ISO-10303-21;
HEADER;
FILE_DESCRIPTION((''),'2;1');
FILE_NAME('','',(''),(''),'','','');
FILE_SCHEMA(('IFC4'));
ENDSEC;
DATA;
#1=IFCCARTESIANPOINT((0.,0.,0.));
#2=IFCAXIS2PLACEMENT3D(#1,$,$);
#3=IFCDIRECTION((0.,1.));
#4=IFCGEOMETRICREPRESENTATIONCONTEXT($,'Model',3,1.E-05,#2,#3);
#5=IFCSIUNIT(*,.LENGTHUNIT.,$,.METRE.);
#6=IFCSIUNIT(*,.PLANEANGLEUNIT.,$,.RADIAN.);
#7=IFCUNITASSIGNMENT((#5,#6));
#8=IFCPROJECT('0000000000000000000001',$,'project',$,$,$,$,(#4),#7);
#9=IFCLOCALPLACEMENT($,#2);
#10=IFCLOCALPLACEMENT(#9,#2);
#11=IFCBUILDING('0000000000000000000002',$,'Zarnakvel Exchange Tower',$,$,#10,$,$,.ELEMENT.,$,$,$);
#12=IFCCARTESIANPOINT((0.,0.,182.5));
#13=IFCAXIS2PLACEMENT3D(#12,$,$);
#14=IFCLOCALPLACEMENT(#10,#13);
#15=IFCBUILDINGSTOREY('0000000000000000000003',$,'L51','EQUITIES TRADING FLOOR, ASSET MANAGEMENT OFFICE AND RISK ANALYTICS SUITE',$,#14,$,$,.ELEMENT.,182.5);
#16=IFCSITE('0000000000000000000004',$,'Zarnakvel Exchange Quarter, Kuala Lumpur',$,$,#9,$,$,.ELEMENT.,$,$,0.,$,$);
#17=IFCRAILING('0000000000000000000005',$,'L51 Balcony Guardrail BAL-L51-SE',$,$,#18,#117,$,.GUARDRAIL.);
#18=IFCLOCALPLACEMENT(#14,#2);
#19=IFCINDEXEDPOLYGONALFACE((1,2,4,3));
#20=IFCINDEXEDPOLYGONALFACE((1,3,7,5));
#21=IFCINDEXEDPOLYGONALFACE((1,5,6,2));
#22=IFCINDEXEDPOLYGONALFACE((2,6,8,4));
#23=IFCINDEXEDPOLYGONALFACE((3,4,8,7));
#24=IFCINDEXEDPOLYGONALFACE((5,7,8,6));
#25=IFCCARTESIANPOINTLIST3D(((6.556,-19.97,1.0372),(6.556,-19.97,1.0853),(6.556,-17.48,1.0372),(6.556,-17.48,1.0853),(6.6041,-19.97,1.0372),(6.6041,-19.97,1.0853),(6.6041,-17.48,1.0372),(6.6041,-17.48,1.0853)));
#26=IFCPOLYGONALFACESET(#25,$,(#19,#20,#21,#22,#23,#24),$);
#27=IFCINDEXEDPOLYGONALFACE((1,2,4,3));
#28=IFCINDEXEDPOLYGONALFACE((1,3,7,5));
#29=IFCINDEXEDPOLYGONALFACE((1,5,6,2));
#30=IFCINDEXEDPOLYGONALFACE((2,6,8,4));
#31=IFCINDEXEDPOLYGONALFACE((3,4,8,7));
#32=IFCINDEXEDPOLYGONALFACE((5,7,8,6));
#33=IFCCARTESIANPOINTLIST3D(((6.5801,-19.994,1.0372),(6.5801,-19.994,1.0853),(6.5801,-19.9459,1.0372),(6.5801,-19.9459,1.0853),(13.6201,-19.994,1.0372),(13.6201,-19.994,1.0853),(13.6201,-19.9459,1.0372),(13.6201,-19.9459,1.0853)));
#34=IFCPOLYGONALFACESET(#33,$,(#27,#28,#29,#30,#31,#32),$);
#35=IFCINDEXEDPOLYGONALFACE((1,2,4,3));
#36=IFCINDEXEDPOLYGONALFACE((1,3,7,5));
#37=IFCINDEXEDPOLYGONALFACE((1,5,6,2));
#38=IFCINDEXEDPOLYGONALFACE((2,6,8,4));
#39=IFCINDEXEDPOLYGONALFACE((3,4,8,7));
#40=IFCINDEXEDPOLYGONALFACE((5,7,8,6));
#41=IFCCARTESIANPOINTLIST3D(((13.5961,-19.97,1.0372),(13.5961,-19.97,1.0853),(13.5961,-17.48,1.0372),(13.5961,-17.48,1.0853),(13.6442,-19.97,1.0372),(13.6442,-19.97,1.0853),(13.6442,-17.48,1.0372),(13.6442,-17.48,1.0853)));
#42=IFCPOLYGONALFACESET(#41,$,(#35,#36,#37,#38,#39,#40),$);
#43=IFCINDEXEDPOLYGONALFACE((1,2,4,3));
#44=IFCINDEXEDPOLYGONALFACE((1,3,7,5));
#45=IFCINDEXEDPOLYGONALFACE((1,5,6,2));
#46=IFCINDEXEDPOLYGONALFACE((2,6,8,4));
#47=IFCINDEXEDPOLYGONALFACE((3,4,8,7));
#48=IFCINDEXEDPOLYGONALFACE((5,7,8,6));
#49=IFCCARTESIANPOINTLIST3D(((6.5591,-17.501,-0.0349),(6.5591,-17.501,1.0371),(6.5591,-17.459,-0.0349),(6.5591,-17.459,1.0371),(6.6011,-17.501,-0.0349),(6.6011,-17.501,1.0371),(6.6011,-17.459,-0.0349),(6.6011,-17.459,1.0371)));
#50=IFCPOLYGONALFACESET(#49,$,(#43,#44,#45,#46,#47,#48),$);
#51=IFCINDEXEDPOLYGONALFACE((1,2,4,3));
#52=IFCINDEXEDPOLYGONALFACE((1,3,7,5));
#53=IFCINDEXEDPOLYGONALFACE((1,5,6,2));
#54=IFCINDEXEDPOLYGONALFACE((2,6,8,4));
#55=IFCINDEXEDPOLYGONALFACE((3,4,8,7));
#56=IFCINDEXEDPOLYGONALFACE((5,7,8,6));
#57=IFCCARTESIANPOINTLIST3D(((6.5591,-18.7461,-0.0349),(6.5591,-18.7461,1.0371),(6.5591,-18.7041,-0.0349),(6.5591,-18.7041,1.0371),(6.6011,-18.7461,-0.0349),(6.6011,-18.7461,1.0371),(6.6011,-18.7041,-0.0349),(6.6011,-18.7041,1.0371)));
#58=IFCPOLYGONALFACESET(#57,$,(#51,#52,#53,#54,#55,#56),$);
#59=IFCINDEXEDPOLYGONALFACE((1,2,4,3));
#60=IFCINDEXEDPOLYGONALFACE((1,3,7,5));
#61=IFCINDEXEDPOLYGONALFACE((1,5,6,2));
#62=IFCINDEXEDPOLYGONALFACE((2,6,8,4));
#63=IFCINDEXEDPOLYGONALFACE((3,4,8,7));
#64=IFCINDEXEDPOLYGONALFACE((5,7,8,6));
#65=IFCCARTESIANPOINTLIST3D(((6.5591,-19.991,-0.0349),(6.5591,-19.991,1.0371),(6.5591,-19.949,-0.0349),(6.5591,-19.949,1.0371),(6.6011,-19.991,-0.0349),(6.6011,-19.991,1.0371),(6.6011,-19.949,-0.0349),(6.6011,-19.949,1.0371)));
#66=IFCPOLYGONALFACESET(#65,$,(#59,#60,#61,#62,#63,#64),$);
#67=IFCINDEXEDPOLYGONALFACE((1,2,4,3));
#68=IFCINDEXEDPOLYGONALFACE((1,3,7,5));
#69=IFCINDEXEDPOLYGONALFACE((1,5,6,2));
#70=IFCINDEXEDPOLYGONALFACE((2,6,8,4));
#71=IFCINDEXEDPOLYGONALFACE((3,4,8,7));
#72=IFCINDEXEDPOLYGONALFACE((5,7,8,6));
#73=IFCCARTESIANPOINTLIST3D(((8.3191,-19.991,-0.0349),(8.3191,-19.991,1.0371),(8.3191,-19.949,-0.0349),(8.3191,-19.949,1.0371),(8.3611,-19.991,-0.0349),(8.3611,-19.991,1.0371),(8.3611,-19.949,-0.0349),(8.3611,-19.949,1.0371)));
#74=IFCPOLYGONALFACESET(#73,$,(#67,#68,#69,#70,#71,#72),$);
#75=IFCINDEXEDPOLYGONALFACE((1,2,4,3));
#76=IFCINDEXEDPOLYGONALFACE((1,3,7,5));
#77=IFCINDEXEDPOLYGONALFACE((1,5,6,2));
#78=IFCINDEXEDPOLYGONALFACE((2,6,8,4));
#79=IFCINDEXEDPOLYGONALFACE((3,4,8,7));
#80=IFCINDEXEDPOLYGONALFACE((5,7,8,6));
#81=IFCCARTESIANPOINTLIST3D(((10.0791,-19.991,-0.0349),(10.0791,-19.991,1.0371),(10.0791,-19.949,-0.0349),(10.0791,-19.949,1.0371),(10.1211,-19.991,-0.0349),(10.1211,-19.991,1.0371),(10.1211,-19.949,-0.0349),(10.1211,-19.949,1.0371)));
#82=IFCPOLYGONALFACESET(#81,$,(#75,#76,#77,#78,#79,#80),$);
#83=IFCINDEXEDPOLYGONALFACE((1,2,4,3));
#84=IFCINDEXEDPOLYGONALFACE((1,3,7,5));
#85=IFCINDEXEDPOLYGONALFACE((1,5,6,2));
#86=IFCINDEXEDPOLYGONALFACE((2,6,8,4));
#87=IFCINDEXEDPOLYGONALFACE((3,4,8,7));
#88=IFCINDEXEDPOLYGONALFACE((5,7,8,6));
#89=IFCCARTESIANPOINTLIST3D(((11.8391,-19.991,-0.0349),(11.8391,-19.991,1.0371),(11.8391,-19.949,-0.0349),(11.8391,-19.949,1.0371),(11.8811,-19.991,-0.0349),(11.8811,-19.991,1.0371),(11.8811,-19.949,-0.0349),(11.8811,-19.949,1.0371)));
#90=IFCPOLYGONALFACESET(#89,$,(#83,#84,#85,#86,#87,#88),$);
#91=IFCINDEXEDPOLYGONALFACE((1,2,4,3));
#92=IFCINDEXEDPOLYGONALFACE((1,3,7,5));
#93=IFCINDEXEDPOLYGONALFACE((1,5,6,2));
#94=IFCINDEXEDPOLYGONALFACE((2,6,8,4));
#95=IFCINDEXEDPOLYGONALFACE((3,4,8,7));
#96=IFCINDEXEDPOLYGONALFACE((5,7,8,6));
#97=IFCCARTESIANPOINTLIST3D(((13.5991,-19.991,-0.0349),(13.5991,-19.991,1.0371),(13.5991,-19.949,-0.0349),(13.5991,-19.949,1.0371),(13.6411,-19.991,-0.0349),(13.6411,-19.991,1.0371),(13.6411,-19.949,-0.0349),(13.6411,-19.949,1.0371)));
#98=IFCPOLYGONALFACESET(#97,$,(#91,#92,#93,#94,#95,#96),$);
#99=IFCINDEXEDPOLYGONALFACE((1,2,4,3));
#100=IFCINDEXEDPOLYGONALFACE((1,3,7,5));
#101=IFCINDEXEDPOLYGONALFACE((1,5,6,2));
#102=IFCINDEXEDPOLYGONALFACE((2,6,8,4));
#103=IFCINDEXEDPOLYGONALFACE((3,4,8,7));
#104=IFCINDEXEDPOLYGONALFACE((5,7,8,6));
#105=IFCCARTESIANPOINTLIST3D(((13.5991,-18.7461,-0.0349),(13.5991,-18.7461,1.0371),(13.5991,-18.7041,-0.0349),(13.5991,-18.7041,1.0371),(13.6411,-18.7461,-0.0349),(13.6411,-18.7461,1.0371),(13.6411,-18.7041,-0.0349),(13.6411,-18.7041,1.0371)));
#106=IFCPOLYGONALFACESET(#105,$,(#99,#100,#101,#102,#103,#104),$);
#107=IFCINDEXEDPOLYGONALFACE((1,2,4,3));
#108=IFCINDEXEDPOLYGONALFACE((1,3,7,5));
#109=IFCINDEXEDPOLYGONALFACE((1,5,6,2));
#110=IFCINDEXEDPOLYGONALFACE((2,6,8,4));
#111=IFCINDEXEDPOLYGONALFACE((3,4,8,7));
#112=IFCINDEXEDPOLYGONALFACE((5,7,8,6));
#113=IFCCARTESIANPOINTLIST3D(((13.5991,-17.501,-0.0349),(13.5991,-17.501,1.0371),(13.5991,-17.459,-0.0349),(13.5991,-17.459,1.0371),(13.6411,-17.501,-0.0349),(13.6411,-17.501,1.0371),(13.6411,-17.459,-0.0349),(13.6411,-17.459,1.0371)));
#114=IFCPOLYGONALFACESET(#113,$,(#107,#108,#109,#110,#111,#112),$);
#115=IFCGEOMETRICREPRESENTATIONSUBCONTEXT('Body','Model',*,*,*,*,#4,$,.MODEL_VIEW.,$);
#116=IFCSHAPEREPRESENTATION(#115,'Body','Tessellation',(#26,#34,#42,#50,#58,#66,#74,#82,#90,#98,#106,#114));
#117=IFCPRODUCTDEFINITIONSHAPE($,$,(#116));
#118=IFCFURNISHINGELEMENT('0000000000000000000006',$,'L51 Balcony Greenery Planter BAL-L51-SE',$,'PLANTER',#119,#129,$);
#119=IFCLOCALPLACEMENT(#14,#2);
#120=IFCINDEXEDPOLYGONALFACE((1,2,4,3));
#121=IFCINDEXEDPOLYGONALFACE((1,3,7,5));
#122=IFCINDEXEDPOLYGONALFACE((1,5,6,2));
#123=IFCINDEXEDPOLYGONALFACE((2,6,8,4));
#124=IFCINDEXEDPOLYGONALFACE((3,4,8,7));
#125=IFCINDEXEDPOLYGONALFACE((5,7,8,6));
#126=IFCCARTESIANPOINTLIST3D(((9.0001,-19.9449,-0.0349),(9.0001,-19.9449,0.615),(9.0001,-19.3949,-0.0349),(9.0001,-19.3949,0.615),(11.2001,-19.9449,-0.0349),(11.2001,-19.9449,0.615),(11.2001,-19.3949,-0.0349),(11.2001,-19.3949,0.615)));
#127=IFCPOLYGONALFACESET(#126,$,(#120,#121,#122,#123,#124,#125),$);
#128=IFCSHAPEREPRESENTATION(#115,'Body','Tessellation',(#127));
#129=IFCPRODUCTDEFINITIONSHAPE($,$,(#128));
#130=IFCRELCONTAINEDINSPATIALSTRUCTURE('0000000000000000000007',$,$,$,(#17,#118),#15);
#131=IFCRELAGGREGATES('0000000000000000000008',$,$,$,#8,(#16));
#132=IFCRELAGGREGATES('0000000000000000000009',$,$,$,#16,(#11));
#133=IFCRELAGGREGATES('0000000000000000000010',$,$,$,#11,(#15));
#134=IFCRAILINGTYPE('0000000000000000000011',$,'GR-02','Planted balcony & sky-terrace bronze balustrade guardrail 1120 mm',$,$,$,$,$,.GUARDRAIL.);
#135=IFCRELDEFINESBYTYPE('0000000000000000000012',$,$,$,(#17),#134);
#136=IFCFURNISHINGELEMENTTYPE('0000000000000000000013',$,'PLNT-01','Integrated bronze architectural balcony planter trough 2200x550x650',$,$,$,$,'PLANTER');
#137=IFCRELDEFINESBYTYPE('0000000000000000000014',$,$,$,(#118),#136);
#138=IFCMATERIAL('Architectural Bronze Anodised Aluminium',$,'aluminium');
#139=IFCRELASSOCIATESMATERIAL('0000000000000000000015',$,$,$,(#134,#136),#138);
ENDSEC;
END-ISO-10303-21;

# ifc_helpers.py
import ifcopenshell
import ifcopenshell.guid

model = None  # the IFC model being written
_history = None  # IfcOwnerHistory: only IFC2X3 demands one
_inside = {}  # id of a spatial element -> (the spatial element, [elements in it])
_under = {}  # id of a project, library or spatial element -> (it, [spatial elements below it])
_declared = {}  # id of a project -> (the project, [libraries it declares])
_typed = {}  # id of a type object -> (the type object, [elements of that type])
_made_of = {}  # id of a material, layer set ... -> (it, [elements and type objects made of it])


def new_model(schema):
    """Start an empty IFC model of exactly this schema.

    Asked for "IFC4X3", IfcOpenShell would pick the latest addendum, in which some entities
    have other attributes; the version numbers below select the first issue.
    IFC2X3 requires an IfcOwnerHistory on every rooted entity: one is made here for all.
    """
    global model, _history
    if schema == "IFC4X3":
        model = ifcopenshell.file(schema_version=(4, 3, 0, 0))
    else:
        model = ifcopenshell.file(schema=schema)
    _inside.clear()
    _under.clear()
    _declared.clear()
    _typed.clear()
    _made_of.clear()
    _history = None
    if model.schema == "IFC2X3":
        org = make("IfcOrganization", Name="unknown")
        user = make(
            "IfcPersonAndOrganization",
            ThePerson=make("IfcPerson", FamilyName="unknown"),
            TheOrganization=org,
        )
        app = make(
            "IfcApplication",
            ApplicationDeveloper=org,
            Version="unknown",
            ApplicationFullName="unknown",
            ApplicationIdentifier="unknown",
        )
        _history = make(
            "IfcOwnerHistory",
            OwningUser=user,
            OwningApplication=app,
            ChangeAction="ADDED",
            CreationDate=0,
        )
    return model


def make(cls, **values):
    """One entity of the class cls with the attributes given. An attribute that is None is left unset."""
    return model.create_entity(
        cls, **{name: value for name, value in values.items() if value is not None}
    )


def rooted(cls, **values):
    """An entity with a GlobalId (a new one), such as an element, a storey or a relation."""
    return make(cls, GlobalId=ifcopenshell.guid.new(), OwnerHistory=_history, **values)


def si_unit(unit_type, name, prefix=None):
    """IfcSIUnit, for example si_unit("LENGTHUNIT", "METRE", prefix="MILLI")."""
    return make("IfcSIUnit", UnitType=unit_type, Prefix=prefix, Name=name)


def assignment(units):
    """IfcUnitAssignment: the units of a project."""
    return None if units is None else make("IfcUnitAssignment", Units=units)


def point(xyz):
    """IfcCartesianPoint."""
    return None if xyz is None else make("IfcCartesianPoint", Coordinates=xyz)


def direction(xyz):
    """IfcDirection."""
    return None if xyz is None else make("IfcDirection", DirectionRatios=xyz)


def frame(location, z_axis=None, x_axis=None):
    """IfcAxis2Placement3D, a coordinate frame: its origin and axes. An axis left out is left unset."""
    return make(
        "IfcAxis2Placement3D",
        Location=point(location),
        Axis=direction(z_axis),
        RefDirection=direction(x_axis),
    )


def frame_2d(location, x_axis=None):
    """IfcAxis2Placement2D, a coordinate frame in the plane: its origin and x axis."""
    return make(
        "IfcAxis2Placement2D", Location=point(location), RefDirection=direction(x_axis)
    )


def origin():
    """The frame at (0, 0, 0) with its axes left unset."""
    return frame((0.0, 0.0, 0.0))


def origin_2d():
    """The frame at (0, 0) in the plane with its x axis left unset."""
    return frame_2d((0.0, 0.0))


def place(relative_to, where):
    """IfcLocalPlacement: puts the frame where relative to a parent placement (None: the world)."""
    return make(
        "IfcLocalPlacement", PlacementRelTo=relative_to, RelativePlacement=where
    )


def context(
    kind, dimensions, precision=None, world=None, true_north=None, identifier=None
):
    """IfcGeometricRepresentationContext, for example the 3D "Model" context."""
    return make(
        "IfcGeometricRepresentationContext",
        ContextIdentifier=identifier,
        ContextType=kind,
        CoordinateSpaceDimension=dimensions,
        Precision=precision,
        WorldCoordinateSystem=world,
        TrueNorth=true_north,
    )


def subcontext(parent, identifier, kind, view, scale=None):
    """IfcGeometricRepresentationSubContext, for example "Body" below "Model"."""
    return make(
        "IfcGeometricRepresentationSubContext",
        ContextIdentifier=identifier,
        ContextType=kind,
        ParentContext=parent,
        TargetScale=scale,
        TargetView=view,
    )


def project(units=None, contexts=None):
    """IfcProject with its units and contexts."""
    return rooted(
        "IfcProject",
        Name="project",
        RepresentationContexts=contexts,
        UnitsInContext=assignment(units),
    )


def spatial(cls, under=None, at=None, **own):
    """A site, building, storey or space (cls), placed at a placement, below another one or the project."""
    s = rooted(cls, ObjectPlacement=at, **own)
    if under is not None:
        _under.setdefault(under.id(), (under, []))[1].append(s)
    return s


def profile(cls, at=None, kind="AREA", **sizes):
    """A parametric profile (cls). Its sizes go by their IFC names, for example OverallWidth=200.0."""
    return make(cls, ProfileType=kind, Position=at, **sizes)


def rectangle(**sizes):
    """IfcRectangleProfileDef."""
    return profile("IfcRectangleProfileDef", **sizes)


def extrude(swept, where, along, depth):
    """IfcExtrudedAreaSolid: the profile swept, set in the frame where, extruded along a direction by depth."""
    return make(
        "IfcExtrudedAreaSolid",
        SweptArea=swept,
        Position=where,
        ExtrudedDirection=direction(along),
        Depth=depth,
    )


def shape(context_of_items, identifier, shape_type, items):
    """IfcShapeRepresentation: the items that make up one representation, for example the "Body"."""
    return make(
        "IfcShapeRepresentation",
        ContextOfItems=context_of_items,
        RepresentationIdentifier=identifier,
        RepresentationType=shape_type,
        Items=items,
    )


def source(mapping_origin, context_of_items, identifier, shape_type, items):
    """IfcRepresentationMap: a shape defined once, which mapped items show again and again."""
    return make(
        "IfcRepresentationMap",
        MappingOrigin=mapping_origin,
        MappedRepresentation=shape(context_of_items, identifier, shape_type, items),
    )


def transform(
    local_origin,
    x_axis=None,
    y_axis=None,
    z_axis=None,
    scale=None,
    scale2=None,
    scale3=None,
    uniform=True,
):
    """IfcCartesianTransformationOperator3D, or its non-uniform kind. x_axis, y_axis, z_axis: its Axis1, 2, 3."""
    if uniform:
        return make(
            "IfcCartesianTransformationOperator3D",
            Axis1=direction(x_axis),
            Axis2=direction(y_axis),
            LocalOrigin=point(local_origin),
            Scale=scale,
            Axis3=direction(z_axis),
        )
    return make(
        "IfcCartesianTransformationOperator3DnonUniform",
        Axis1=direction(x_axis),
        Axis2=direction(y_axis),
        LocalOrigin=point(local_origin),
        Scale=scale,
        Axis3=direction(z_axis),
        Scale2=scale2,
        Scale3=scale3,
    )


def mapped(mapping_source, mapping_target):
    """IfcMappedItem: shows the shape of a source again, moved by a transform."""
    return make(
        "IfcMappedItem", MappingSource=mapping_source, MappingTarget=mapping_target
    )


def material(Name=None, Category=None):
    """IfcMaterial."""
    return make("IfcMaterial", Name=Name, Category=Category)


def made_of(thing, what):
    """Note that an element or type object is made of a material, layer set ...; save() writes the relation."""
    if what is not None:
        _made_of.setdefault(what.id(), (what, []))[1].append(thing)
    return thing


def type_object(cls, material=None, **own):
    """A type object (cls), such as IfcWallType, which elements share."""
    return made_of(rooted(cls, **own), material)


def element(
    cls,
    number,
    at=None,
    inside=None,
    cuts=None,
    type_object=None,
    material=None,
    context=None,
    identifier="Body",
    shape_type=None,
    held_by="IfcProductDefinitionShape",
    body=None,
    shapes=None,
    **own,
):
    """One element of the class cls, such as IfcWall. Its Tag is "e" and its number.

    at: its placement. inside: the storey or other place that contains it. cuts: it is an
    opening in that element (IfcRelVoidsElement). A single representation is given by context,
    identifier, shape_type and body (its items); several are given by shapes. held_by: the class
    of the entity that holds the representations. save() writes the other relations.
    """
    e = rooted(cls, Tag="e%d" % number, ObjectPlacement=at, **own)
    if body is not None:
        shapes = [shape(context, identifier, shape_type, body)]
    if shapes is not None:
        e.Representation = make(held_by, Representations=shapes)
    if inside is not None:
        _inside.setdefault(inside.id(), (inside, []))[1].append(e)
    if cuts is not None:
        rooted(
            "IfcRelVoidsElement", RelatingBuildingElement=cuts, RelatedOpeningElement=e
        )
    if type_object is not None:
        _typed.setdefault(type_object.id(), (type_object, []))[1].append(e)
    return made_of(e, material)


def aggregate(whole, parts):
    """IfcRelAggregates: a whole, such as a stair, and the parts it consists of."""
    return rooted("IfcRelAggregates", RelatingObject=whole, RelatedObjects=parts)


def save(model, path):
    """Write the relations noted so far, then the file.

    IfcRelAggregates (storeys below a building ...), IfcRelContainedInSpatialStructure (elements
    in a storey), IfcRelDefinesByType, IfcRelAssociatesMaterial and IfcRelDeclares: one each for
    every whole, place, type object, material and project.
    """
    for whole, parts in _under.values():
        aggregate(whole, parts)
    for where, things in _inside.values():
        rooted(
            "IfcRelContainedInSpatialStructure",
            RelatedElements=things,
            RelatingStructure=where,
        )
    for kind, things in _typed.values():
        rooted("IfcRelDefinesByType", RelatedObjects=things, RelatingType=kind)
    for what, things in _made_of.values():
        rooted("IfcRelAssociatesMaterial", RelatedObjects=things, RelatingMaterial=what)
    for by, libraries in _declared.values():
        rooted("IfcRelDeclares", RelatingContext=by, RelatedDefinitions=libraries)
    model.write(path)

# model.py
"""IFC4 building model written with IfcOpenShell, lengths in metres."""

from ifc_helpers import new_model, si_unit, direction, frame, origin, origin_2d, place, context, subcontext, project, spatial, rectangle, extrude, source, transform, mapped, material, type_object, element, save


model = new_model("IFC4")

# Units and contexts
model_context = context("Model", 3, precision=1e-05, world=origin(), true_north=direction((0.0, 1.0)))
body_context = subcontext(model_context, "Body", "Model", "MODEL_VIEW")
ifc_project = project(units=[si_unit("LENGTHUNIT", "METRE"), si_unit("PLANEANGLEUNIT", "RADIAN")], contexts=[model_context])

# Site, building, storey
site_placement = place(None, origin())
site = spatial("IfcSite", under=ifc_project, at=site_placement, Name="Zarnakvel Exchange Quarter, Kuala Lumpur", CompositionType="ELEMENT", RefElevation=0.0)
building_placement = place(site_placement, origin())
building = spatial("IfcBuilding", under=site, at=building_placement, Name="Zarnakvel Exchange Tower", CompositionType="ELEMENT")
storey_placement = place(building_placement, frame((0.0, 0.0, 182.5)))
storey = spatial("IfcBuildingStorey", under=building, at=storey_placement, Name="L51", Description="EQUITIES TRADING FLOOR, ASSET MANAGEMENT OFFICE AND RISK ANALYTICS SUITE", CompositionType="ELEMENT", Elevation=182.5)

# Shared definitions
ifc_material_1 = material(Name="Architectural Bronze Anodised Aluminium", Category="aluminium")

# Railing
railing_type = type_object("IfcRailingType", Name="GR-02", Description="Planted balcony & sky-terrace bronze balustrade guardrail 1120 mm", PredefinedType="GUARDRAIL", material=ifc_material_1)
railing_placement = place(storey_placement, frame((6.5801, -17.48, -0.0349)))
element("IfcRailing", 1, at=railing_placement, inside=storey, type_object=railing_type, Name="L51 Balcony Guardrail BAL-L51-SE", PredefinedType="GUARDRAIL", context=body_context, shape_type="SweptSolid", body=[
    extrude(rectangle(XDim=0.0481, YDim=0.0481, at=origin_2d()), frame((0.0, 0.0, 1.0962), z_axis=(0.0, -1.0, 0.0), x_axis=(1.0, 0.0, 0.0)), (0.0, 0.0, 1.0), 2.49),
    extrude(rectangle(XDim=0.0481, YDim=0.0481, at=origin_2d()), frame((0.0, -2.49, 1.0962), z_axis=(1.0, 0.0, 0.0), x_axis=(0.0, 1.0, 0.0)), (0.0, 0.0, 1.0), 7.04),
    extrude(rectangle(XDim=0.0481, YDim=0.0481, at=origin_2d()), frame((7.04, -2.49, 1.0962), z_axis=(0.0, 1.0, 0.0), x_axis=(-1.0, 0.0, 0.0)), (0.0, 0.0, 1.0), 2.49),
    extrude(rectangle(XDim=0.042, YDim=0.042, at=origin_2d()), origin(), (0.0, 0.0, 1.0), 1.072),
    extrude(rectangle(XDim=0.042, YDim=0.042, at=origin_2d()), frame((0.0, -1.2451, 0.0)), (0.0, 0.0, 1.0), 1.072),
    extrude(rectangle(XDim=0.042, YDim=0.042, at=origin_2d()), frame((0.0, -2.49, 0.0)), (0.0, 0.0, 1.0), 1.072),
    extrude(rectangle(XDim=0.042, YDim=0.042, at=origin_2d()), frame((1.76, -2.49, 0.0)), (0.0, 0.0, 1.0), 1.072),
    extrude(rectangle(XDim=0.042, YDim=0.042, at=origin_2d()), frame((3.52, -2.49, 0.0)), (0.0, 0.0, 1.0), 1.072),
    extrude(rectangle(XDim=0.042, YDim=0.042, at=origin_2d()), frame((5.28, -2.49, 0.0)), (0.0, 0.0, 1.0), 1.072),
    extrude(rectangle(XDim=0.042, YDim=0.042, at=origin_2d()), frame((7.04, -2.49, 0.0)), (0.0, 0.0, 1.0), 1.072),
    extrude(rectangle(XDim=0.042, YDim=0.042, at=origin_2d()), frame((7.04, -1.2451, 0.0)), (0.0, 0.0, 1.0), 1.072),
    extrude(rectangle(XDim=0.042, YDim=0.042, at=origin_2d()), frame((7.04, 0.0, 0.0)), (0.0, 0.0, 1.0), 1.072),
])

# Furnishing element
furnishing_element_type = type_object("IfcFurnishingElementType", Name="PLNT-01", Description="Integrated bronze architectural balcony planter trough 2200x550x650", ElementType="PLANTER", material=ifc_material_1)
shared_shape_1 = source(origin(), body_context, "Body", "SweptSolid", [
    extrude(rectangle(XDim=2.2, YDim=0.55, at=origin_2d()), origin(), (0.0, 0.0, 1.0), 0.6499),
])
furnishing_placement = place(storey_placement, frame((10.1001, -19.6699, -0.0349), z_axis=(0.0, 0.0, 1.0), x_axis=(1.0, 0.0, 0.0)))
element("IfcFurnishingElement", 2, at=furnishing_placement, inside=storey, type_object=furnishing_element_type, Name="L51 Balcony Greenery Planter BAL-L51-SE", ObjectType="PLANTER", context=body_context, shape_type="MappedRepresentation", body=[
    mapped(shared_shape_1, transform((0.0, 0.0, 0.0), x_axis=(1.0, 0.0, 0.0), y_axis=(0.0, 1.0, 0.0), z_axis=(0.0, 0.0, 1.0), scale=1.0)),
])

save(model, "model.ifc")
